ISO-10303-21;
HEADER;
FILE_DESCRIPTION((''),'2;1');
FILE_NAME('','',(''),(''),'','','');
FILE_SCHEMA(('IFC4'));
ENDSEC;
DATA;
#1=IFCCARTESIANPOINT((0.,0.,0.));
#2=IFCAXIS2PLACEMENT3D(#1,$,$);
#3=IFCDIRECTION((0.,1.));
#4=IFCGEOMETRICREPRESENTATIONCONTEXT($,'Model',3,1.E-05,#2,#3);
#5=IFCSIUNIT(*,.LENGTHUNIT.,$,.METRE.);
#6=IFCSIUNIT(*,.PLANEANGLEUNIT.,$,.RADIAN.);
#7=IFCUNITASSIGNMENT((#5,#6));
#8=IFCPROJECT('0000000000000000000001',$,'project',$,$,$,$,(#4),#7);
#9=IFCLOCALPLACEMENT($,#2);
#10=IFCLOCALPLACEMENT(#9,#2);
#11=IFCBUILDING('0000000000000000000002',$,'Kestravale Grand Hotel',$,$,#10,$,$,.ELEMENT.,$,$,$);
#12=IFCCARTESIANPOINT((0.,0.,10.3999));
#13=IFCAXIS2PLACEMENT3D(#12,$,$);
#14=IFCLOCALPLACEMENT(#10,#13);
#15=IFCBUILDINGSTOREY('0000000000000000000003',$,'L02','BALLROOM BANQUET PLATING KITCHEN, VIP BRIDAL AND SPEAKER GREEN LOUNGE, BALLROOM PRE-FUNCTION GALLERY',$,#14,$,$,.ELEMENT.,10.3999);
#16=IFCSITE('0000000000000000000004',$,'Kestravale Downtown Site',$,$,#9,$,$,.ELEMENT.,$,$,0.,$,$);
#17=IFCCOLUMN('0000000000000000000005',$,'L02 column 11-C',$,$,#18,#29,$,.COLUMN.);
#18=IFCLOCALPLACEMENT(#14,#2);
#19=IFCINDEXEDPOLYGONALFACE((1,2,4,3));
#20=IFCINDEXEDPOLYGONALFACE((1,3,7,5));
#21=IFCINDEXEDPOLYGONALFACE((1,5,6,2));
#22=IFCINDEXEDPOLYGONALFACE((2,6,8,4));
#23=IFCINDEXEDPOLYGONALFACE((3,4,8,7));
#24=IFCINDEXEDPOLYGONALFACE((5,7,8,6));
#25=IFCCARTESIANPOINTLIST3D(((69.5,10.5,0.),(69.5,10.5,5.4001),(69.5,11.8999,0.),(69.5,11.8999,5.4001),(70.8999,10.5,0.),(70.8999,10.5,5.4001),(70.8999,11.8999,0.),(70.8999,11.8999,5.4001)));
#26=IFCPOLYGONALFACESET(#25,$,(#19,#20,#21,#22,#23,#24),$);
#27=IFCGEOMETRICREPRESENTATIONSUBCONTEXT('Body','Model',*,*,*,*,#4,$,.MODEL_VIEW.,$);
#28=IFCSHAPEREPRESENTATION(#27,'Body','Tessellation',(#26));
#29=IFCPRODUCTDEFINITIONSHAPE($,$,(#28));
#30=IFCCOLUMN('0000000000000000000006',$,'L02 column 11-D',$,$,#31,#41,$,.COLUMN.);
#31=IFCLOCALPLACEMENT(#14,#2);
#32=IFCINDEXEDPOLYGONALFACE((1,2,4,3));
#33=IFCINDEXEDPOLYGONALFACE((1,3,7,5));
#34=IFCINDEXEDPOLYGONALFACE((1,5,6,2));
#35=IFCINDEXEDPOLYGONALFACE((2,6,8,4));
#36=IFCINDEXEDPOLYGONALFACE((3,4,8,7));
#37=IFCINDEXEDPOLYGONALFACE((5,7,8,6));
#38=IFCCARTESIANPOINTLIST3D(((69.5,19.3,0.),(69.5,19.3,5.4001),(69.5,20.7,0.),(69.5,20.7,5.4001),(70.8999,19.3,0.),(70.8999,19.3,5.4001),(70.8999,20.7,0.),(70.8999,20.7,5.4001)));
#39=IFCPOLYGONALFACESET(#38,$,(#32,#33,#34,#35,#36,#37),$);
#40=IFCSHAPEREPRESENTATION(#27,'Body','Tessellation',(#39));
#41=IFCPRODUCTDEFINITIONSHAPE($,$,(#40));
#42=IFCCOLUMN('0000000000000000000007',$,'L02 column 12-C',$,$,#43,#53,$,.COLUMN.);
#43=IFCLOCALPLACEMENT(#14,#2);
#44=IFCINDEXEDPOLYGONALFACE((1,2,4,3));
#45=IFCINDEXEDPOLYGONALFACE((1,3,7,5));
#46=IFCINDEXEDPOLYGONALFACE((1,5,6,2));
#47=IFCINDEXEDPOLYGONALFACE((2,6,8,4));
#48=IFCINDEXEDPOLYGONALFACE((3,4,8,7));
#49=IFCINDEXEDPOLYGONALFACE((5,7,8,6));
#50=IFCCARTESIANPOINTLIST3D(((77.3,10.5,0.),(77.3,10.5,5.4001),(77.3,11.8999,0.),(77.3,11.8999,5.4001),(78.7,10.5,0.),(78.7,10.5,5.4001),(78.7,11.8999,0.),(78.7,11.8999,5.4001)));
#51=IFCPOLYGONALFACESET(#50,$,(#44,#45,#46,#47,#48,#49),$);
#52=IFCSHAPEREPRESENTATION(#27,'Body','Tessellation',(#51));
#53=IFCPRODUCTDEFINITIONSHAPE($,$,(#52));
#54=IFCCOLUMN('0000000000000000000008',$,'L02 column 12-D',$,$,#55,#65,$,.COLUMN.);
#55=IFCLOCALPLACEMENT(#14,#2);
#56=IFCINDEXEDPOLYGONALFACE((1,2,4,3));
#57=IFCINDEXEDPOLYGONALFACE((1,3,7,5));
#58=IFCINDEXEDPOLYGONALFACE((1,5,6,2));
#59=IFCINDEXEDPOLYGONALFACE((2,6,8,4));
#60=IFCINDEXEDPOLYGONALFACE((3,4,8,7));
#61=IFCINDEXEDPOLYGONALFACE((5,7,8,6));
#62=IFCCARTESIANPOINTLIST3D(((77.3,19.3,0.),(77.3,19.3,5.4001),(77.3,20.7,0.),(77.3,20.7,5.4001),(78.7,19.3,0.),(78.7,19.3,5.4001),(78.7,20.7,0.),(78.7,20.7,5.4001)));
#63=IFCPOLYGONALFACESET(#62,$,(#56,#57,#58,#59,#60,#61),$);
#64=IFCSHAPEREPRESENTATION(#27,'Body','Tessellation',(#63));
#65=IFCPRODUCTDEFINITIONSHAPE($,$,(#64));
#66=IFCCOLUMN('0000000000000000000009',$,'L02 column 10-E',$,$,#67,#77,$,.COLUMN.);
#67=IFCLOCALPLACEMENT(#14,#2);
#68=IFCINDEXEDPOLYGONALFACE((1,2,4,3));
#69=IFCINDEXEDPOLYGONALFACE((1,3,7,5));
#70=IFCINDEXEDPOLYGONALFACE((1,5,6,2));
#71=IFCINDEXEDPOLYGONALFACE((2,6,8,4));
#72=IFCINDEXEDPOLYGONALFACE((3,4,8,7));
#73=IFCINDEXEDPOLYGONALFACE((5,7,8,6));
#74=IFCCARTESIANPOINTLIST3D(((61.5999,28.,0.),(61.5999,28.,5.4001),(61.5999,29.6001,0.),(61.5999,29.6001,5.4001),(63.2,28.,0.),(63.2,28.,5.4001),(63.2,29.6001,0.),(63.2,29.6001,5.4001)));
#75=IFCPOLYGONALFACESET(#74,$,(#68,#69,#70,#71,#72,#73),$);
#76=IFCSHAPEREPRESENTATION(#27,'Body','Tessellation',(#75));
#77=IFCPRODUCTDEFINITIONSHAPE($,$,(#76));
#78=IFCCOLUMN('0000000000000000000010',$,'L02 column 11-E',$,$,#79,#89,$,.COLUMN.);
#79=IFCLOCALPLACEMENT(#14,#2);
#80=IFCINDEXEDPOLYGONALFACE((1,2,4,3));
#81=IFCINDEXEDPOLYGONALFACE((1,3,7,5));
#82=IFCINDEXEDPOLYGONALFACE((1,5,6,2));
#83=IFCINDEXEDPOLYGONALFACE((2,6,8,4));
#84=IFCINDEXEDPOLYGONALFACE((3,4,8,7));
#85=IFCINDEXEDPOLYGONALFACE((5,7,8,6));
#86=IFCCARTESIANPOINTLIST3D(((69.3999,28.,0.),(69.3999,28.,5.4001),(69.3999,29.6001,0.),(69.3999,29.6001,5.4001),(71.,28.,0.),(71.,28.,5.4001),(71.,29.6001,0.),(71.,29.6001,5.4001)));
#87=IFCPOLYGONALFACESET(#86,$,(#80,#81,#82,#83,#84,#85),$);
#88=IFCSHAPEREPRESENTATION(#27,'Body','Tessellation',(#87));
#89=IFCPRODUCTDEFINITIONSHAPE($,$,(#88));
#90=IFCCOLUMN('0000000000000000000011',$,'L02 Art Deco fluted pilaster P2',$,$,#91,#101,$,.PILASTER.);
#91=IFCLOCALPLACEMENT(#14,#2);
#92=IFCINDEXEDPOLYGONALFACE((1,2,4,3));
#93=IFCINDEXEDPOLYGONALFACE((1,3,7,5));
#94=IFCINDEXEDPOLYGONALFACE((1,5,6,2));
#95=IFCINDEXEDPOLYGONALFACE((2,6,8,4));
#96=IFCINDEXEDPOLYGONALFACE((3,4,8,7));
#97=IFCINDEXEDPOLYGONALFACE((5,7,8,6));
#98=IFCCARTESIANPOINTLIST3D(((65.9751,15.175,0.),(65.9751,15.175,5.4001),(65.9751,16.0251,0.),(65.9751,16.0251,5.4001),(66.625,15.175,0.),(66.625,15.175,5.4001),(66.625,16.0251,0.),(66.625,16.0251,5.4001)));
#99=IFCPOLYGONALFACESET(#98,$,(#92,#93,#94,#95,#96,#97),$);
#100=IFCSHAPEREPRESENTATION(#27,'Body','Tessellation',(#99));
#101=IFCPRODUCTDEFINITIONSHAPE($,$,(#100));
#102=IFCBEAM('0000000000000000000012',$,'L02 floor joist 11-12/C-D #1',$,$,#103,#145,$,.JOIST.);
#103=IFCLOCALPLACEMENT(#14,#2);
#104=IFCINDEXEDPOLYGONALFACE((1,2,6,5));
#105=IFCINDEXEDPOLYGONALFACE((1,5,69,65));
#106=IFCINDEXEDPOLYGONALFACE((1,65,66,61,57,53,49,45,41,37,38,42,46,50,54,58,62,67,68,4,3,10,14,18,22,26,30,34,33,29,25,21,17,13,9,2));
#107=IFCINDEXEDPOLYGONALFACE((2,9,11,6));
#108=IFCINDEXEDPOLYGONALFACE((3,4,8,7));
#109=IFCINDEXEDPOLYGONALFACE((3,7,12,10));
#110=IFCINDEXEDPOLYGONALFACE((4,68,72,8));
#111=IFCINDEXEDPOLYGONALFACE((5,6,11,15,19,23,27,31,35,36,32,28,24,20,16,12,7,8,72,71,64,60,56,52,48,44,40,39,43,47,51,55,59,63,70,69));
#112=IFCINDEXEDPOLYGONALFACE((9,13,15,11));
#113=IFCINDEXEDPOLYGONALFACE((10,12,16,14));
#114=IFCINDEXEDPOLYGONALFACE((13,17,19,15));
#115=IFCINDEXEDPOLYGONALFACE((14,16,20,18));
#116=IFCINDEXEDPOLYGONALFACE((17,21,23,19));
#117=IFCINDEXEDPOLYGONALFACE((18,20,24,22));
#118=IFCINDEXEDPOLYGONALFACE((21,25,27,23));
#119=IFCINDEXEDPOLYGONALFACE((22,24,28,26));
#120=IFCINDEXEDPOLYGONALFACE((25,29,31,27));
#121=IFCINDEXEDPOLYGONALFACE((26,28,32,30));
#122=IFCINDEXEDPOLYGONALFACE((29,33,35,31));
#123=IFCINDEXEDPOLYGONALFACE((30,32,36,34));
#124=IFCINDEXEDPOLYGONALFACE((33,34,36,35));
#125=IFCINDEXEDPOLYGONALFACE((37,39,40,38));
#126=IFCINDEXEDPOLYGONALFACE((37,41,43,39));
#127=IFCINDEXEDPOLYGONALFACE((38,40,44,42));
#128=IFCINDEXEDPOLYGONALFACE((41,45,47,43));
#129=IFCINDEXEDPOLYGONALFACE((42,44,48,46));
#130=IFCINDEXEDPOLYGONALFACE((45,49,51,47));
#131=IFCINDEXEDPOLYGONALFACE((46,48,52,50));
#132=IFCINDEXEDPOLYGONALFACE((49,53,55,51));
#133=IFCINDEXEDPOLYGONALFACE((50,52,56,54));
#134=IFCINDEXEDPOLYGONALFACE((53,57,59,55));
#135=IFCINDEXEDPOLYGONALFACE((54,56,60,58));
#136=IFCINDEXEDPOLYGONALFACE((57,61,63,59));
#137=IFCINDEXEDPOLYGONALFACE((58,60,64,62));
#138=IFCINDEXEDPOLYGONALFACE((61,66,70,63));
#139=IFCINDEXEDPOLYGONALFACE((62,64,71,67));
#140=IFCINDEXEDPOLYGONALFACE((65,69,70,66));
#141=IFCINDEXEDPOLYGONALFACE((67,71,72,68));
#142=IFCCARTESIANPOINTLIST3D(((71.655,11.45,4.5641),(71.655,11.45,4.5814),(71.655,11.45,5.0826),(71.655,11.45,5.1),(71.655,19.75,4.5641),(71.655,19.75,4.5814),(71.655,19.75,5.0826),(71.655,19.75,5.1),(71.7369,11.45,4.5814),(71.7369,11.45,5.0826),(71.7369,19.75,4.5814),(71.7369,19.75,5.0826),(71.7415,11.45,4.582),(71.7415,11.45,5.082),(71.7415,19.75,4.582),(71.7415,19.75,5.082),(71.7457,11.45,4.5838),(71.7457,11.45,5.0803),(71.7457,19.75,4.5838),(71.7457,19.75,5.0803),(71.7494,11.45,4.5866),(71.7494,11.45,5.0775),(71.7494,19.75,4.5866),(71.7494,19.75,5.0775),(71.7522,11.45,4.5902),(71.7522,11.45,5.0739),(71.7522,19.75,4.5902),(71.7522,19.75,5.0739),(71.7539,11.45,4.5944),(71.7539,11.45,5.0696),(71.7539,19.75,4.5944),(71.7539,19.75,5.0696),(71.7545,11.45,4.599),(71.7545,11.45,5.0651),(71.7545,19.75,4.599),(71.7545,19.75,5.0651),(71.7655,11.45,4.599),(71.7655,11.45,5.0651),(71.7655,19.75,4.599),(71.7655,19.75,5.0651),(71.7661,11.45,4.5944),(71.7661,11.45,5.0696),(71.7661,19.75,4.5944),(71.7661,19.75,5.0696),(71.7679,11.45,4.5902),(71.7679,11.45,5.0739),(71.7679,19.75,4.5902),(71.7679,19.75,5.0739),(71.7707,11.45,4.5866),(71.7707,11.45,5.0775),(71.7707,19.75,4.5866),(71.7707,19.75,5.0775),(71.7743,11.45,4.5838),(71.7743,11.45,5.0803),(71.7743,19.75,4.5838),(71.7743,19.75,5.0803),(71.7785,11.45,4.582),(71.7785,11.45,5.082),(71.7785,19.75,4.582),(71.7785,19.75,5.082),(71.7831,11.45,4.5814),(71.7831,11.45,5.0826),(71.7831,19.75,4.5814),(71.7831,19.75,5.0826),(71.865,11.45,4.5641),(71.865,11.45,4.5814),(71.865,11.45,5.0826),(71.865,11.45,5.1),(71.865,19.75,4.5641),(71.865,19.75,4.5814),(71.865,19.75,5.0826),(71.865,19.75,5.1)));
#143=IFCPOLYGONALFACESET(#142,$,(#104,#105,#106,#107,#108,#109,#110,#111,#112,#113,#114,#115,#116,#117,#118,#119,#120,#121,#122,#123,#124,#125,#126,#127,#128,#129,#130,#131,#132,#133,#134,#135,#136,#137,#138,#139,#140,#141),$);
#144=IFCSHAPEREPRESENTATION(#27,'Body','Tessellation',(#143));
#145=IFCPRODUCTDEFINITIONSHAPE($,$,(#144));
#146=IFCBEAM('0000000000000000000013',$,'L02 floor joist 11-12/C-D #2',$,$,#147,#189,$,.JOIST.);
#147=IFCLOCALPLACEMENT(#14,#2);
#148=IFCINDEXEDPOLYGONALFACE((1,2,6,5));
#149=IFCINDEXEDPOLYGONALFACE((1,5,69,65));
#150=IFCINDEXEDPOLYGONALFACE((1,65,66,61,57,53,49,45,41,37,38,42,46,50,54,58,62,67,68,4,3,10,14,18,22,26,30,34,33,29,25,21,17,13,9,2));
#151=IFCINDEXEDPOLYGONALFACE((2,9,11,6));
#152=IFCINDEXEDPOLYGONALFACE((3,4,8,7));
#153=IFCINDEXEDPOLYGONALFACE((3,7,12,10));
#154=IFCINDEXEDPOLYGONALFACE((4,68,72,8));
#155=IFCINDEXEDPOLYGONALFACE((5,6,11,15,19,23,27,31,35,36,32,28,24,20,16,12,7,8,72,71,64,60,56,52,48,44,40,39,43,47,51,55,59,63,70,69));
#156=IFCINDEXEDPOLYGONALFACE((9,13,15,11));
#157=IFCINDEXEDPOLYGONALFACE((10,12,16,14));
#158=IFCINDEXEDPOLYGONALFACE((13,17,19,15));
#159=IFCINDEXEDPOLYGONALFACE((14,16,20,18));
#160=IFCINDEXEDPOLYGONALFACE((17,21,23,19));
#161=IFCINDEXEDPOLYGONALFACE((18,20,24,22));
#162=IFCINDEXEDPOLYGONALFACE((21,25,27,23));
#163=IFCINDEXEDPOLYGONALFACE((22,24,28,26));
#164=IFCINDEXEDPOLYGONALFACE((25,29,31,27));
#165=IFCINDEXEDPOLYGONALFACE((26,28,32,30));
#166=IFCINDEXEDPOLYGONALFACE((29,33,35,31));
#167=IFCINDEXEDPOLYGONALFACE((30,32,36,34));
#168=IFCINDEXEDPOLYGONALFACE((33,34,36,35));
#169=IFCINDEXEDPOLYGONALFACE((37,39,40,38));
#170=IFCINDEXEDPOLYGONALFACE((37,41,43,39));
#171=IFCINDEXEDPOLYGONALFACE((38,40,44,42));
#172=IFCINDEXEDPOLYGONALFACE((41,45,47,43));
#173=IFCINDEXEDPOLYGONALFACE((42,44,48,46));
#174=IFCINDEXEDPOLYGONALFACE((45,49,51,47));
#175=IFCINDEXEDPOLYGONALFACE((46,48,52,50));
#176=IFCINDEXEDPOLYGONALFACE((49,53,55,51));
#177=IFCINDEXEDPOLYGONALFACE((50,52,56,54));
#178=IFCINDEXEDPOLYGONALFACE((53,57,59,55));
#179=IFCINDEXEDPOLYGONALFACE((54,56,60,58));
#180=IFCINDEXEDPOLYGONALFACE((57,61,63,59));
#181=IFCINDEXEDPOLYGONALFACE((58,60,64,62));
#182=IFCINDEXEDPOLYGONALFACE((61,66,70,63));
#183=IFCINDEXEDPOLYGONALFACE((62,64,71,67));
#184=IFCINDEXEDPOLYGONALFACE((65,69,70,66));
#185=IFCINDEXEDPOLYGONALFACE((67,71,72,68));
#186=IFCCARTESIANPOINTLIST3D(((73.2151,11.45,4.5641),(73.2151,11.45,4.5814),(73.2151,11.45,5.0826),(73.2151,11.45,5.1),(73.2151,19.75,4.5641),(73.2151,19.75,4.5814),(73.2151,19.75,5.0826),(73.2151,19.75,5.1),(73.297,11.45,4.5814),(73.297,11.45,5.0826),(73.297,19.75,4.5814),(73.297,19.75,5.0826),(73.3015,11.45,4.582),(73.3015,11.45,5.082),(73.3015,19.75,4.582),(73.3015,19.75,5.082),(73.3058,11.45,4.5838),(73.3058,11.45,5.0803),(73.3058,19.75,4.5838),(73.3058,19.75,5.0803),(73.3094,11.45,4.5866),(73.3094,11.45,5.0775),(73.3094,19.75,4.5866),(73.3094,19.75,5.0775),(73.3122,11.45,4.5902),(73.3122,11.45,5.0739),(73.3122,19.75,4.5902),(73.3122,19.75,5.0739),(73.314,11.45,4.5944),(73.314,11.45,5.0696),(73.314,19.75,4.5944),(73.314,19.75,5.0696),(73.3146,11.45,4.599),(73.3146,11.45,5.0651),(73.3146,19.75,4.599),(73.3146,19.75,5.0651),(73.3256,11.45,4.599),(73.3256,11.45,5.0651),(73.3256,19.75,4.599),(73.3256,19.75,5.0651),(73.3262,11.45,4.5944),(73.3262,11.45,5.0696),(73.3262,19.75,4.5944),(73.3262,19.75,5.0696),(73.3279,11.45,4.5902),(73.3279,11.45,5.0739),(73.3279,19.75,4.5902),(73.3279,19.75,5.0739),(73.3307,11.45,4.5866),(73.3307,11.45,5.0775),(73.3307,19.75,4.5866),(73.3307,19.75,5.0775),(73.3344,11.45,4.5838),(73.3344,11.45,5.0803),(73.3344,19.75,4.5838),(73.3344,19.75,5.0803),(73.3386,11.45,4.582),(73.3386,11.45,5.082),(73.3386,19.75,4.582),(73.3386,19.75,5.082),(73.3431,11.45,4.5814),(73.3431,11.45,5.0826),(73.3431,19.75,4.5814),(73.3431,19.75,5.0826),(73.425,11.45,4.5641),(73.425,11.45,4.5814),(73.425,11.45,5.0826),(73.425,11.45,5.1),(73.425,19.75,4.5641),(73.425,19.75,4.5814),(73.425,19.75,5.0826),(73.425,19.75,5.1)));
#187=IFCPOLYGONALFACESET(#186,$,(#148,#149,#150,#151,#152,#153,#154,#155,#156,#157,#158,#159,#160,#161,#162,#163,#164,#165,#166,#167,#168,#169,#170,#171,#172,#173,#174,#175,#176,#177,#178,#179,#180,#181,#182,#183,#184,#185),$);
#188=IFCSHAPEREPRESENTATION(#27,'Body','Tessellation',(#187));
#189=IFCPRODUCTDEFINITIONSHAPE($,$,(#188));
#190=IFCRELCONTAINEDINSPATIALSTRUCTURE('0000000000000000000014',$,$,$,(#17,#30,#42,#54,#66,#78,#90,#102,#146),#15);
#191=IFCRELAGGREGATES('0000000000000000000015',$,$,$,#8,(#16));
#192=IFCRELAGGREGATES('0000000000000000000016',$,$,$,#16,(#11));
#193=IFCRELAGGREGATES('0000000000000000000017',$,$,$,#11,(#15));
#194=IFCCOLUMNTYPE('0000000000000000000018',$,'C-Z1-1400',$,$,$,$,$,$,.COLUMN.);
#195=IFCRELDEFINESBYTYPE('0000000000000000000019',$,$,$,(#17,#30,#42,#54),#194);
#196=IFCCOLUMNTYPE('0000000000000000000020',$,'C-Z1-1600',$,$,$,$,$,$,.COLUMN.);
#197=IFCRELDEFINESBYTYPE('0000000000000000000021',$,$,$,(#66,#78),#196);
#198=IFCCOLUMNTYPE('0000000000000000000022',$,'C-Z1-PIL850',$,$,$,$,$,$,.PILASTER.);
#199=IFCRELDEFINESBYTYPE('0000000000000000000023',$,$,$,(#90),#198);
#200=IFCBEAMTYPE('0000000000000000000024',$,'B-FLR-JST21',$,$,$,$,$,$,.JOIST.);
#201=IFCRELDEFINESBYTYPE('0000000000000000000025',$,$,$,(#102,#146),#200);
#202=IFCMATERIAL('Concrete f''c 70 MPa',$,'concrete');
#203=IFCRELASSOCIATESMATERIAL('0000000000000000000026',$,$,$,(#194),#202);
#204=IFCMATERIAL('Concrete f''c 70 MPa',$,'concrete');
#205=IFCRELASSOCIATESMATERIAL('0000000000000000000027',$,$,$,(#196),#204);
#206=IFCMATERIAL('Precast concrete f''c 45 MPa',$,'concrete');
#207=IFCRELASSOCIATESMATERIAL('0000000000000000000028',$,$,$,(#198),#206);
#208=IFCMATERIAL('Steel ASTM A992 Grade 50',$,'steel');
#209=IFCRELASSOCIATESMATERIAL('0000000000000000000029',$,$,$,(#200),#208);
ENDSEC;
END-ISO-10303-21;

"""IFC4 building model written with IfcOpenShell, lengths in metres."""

from ifc_helpers import new_model, si_unit, direction, frame, origin, origin_2d, place, context, subcontext, project, spatial, rectangle, i_section, extrude, material, material_profile, profile_set, type_object, element, save


model = new_model("IFC4")

# Units and contexts
model_context = context("Model", 3, precision=1e-05, world=origin(), true_north=direction((0.0, 1.0)))
body_context = subcontext(model_context, "Body", "Model", "MODEL_VIEW")
ifc_project = project(units=[si_unit("LENGTHUNIT", "METRE"), si_unit("PLANEANGLEUNIT", "RADIAN")], contexts=[model_context])

# Site, building, storey
site_placement = place(None, origin())
site = spatial("IfcSite", under=ifc_project, at=site_placement, Name="Kestravale Downtown Site", CompositionType="ELEMENT", RefElevation=0.0)
building_placement = place(site_placement, origin())
building = spatial("IfcBuilding", under=site, at=building_placement, Name="Kestravale Grand Hotel", CompositionType="ELEMENT")
storey_placement = place(building_placement, frame((0.0, 0.0, 10.3999)))
storey = spatial("IfcBuildingStorey", under=building, at=storey_placement, Name="L02", Description="BALLROOM BANQUET PLATING KITCHEN, VIP BRIDAL AND SPEAKER GREEN LOUNGE, BALLROOM PRE-FUNCTION GALLERY", CompositionType="ELEMENT", Elevation=10.3999)

# Columns
ifc_material_1 = material(Name="Concrete f'c 70 MPa", Category="concrete")
ifc_material_profile_1 = material_profile(ifc_material_1, rectangle(XDim=1.3999, YDim=1.3999, at=origin_2d()))
ifc_profile_set_1 = profile_set([ifc_material_profile_1], Name="Concrete f'c 70 MPa")
column_type_1 = type_object("IfcColumnType", Name="C-Z1-1400", PredefinedType="COLUMN", material=ifc_profile_set_1)
for number, where, z_axis, x_axis, name in (
    (1, (70.2, 11.2, 0.0), (0.0, 0.0, 1.0), (1.0, 0.0, 0.0), "L02 column 11-C"),
    (2, (70.2, 20.0, 0.0), (0.0, 0.0, 1.0), (1.0, 0.0, 0.0), "L02 column 11-D"),
    (3, (78.0, 11.2, 0.0), (0.0, 0.0, 1.0), (1.0, 0.0, 0.0), "L02 column 12-C"),
    (4, (78.0, 20.0, 0.0), (0.0, 0.0, 1.0), (1.0, 0.0, 0.0), "L02 column 12-D"),
):
    element("IfcColumn", number, at=place(storey_placement, frame(where, z_axis=z_axis, x_axis=x_axis)), inside=storey, type_object=column_type_1, Name=name, PredefinedType="COLUMN", context=body_context, shape_type="SweptSolid", body=[
        extrude(rectangle(XDim=1.3999, YDim=1.3999, at=origin_2d()), origin(), (0.0, 0.0, 1.0), 5.4001),
    ])
ifc_material_2 = material(Name="Concrete f'c 70 MPa", Category="concrete")
ifc_material_profile_2 = material_profile(ifc_material_2, rectangle(XDim=1.6001, YDim=1.6001, at=origin_2d()))
ifc_profile_set_2 = profile_set([ifc_material_profile_2], Name="Concrete f'c 70 MPa")
column_type_2 = type_object("IfcColumnType", Name="C-Z1-1600", PredefinedType="COLUMN", material=ifc_profile_set_2)
for number, where, z_axis, x_axis, name in (
    (5, (62.3999, 28.8, 0.0), (0.0, 0.0, 1.0), (1.0, 0.0, 0.0), "L02 column 10-E"),
    (6, (70.2, 28.8, 0.0), (0.0, 0.0, 1.0), (1.0, 0.0, 0.0), "L02 column 11-E"),
):
    element("IfcColumn", number, at=place(storey_placement, frame(where, z_axis=z_axis, x_axis=x_axis)), inside=storey, type_object=column_type_2, Name=name, PredefinedType="COLUMN", context=body_context, shape_type="SweptSolid", body=[
        extrude(rectangle(XDim=1.6001, YDim=1.6001, at=origin_2d()), origin(), (0.0, 0.0, 1.0), 5.4001),
    ])
ifc_material_3 = material(Name="Precast concrete f'c 45 MPa", Category="concrete")
ifc_material_profile_3 = material_profile(ifc_material_3, rectangle(XDim=0.6499, YDim=0.8501, at=origin_2d()))
ifc_profile_set_3 = profile_set([ifc_material_profile_3], Name="Precast concrete f'c 45 MPa")
column_type_3 = type_object("IfcColumnType", Name="C-Z1-PIL850", PredefinedType="PILASTER", material=ifc_profile_set_3)
column_placement = place(storey_placement, frame((66.3, 15.6001, 0.0), z_axis=(0.0, 0.0, 1.0), x_axis=(1.0, 0.0, 0.0)))
element("IfcColumn", 7, at=column_placement, inside=storey, type_object=column_type_3, Name="L02 Art Deco fluted pilaster P2", PredefinedType="PILASTER", context=body_context, shape_type="SweptSolid", body=[
    extrude(rectangle(XDim=0.6499, YDim=0.8501, at=origin_2d()), origin(), (0.0, 0.0, 1.0), 5.4001),
])

# Beams
ifc_material_4 = material(Name="Steel ASTM A992 Grade 50", Category="steel")
ifc_material_profile_4 = material_profile(ifc_material_4, i_section(OverallWidth=0.21, OverallDepth=0.5359, WebThickness=0.011, FlangeThickness=0.0173, FilletRadius=0.0176, at=origin_2d()))
ifc_profile_set_4 = profile_set([ifc_material_profile_4], Name="Steel ASTM A992 Grade 50")
beam_type_1 = type_object("IfcBeamType", Name="B-FLR-JST21", PredefinedType="JOIST", material=ifc_profile_set_4)
for number, where, z_axis, x_axis, name in (
    (8, (71.76, 11.45, 4.832), (0.0, 1.0, 0.0), (-1.0, 0.0, 0.0), "L02 floor joist 11-12/C-D #1"),
    (9, (73.3201, 11.45, 4.832), (0.0, 1.0, 0.0), (-1.0, 0.0, 0.0), "L02 floor joist 11-12/C-D #2"),
):
    element("IfcBeam", number, at=place(storey_placement, frame(where, z_axis=z_axis, x_axis=x_axis)), inside=storey, type_object=beam_type_1, Name=name, PredefinedType="JOIST", context=body_context, shape_type="SweptSolid", body=[
        extrude(i_section(OverallWidth=0.21, OverallDepth=0.5359, WebThickness=0.011, FlangeThickness=0.0173, FilletRadius=0.0176, at=origin_2d()), origin(), (0.0, 0.0, 1.0), 8.3),
    ])

save(model, "model.ifc")
